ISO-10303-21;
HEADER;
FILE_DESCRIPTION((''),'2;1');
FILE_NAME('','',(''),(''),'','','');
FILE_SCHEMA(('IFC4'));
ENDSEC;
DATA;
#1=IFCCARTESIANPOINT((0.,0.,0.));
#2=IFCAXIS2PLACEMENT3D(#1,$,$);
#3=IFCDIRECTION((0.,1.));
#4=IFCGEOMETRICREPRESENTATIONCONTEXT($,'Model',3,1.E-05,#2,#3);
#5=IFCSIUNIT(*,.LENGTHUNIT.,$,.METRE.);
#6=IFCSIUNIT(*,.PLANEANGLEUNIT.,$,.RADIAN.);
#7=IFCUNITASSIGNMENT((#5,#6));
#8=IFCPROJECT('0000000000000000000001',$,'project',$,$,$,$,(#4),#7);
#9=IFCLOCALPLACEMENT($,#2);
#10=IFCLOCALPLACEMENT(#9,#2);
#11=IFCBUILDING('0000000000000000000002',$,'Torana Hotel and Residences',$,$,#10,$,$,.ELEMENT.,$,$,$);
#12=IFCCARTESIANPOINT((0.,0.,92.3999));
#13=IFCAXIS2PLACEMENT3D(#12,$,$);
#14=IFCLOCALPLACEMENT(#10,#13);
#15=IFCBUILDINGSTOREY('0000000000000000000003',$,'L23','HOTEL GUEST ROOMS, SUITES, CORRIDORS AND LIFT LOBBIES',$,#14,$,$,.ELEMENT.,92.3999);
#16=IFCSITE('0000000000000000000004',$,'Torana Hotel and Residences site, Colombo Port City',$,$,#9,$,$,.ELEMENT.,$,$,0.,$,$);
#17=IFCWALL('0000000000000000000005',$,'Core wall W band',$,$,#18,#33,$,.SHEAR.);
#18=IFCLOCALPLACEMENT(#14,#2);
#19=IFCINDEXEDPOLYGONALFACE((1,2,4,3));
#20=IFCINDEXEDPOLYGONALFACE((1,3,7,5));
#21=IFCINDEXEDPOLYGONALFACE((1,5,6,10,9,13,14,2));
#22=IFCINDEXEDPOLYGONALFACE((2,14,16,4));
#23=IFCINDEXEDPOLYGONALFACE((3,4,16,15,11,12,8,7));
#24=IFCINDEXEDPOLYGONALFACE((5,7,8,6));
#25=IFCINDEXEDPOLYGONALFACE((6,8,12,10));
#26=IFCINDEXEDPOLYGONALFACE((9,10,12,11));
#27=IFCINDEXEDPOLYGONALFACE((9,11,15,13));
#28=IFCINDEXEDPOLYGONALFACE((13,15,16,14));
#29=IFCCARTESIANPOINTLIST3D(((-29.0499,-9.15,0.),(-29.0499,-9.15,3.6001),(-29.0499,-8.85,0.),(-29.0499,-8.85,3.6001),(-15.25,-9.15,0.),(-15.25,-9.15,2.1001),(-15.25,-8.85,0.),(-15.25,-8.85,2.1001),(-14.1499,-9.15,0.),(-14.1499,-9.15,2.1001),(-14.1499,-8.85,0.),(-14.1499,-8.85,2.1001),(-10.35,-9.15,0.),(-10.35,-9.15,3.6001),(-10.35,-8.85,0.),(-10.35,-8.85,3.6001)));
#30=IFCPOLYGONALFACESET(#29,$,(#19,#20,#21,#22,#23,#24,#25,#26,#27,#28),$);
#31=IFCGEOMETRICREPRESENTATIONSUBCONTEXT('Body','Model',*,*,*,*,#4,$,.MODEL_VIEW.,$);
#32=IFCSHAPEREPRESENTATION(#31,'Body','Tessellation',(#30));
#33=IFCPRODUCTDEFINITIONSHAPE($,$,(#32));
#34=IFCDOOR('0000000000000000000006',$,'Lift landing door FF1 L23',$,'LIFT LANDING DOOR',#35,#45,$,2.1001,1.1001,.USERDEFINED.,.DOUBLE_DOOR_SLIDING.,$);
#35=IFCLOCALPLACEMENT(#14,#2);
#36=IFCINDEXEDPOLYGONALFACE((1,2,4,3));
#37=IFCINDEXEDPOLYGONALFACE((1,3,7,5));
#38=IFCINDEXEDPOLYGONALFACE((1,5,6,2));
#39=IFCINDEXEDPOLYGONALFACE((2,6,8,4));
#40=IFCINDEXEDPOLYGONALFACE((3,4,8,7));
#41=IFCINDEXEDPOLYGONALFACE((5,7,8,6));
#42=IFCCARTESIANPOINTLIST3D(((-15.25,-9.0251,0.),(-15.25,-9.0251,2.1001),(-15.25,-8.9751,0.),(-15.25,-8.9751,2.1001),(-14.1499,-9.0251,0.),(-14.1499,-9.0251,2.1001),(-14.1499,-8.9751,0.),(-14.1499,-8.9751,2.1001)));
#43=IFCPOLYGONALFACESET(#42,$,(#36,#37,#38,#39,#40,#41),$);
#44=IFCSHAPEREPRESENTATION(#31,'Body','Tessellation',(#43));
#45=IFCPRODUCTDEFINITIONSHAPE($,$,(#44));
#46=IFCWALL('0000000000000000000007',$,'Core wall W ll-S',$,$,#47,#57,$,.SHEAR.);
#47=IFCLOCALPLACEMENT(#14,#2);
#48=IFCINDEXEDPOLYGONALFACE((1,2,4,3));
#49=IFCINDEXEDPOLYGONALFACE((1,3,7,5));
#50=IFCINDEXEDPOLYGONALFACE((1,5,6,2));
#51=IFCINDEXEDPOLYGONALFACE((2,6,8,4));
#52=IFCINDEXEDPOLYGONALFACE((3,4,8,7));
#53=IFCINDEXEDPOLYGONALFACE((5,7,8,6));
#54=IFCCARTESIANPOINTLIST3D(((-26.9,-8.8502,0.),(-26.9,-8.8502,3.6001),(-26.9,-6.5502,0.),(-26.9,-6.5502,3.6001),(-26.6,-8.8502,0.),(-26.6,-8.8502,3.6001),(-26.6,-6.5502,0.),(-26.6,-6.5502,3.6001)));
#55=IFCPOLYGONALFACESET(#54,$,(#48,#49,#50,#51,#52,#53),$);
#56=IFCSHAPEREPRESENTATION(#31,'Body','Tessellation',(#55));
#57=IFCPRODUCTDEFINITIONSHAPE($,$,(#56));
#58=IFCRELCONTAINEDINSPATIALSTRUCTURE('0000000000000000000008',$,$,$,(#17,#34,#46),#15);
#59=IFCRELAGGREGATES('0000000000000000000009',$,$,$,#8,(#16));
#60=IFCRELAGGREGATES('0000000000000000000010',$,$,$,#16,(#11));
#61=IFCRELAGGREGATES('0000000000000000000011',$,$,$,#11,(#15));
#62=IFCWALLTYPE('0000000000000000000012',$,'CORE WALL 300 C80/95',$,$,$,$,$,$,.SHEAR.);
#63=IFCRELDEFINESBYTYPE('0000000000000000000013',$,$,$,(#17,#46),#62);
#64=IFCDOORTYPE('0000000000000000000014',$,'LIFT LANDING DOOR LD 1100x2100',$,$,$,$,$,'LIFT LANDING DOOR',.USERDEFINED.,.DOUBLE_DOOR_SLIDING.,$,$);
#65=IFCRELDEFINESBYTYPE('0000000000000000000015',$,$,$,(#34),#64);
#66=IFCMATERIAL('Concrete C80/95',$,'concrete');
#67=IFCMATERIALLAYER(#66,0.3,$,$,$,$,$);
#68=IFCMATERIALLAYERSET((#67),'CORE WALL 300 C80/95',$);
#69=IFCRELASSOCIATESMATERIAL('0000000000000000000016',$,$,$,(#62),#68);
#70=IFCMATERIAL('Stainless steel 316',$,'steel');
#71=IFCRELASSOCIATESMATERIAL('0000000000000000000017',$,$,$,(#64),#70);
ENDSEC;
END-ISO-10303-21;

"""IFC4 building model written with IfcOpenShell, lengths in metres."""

from ifc_helpers import new_model, si_unit, direction, frame, frame_2d, origin, place, context, subcontext, project, spatial, rectangle, extrude, material, layer, layer_set, type_object, element, fill, save


model = new_model("IFC4")

# Units and contexts
model_context = context("Model", 3, precision=1e-05, world=origin(), true_north=direction((0.0, 1.0)))
body_context = subcontext(model_context, "Body", "Model", "MODEL_VIEW")
ifc_project = project(units=[si_unit("LENGTHUNIT", "METRE"), si_unit("PLANEANGLEUNIT", "RADIAN")], contexts=[model_context])

# Site, building, storey
site_placement = place(None, origin())
site = spatial("IfcSite", under=ifc_project, at=site_placement, Name="Torana Hotel and Residences site, Colombo Port City", CompositionType="ELEMENT", RefElevation=0.0)
building_placement = place(site_placement, origin())
building = spatial("IfcBuilding", under=site, at=building_placement, Name="Torana Hotel and Residences", CompositionType="ELEMENT")
storey_placement = place(building_placement, frame((0.0, 0.0, 92.3999)))
storey = spatial("IfcBuildingStorey", under=building, at=storey_placement, Name="L23", Description="HOTEL GUEST ROOMS, SUITES, CORRIDORS AND LIFT LOBBIES", CompositionType="ELEMENT", Elevation=92.3999)

# Wall, opening, door
ifc_material_1 = material(Name="Concrete C80/95", Category="concrete")
ifc_layer_1 = layer(ifc_material_1, 0.3)
ifc_layer_set_1 = layer_set([ifc_layer_1], Name="CORE WALL 300 C80/95")
wall_type_1 = type_object("IfcWallType", Name="CORE WALL 300 C80/95", PredefinedType="SHEAR", material=ifc_layer_set_1)
wall_1_placement = place(storey_placement, frame((-29.05, -9.0, 0.0), z_axis=(0.0, 0.0, 1.0), x_axis=(1.0, 0.0, 0.0)))
wall_1 = element("IfcWall", 1, at=wall_1_placement, inside=storey, type_object=wall_type_1, Name="Core wall W band", PredefinedType="SHEAR", context=body_context, shape_type="SweptSolid", body=[
    extrude(rectangle(XDim=18.7, YDim=0.3, at=frame_2d((9.3501, 0.0))), origin(), (0.0, 0.0, 1.0), 3.6001),
])
opening_1_placement = place(wall_1_placement, frame((13.8, 0.0, 0.0)))
opening_1 = element("IfcOpeningElement", 2, at=opening_1_placement, cuts=wall_1, PredefinedType="OPENING", context=body_context, shape_type="SweptSolid", body=[
    extrude(rectangle(XDim=1.1001, YDim=2.1001, at=frame_2d((0.55, 1.05))), frame((0.0, 0.1599, 0.0), z_axis=(0.0, -1.0, 0.0), x_axis=(1.0, 0.0, 0.0)), (0.0, 0.0, 1.0), 0.3201),
])
ifc_material_2 = material(Name="Stainless steel 316", Category="steel")
door_type_1 = type_object("IfcDoorType", Name="LIFT LANDING DOOR LD 1100x2100", ElementType="LIFT LANDING DOOR", OperationType="DOUBLE_DOOR_SLIDING", PredefinedType="USERDEFINED", material=ifc_material_2)
door_1_placement = place(opening_1_placement, origin())
door_1 = element("IfcDoor", 3, at=door_1_placement, inside=storey, type_object=door_type_1, Name="Lift landing door FF1 L23", ObjectType="LIFT LANDING DOOR", OperationType="DOUBLE_DOOR_SLIDING", OverallHeight=2.1001, OverallWidth=1.1001, PredefinedType="USERDEFINED", context=body_context, shape_type="SweptSolid", body=[
    extrude(rectangle(XDim=1.1001, YDim=2.1001, at=frame_2d((0.55, 1.05))), frame((0.0, 0.0249, 0.0), z_axis=(0.0, -1.0, 0.0), x_axis=(1.0, 0.0, 0.0)), (0.0, 0.0, 1.0), 0.05),
])
fill(opening_1, door_1)

# Wall
wall_2_placement = place(storey_placement, frame((-26.75, -8.8501, 0.0), z_axis=(0.0, 0.0, 1.0), x_axis=(0.0, 1.0, 0.0)))
element("IfcWall", 4, at=wall_2_placement, inside=storey, type_object=wall_type_1, Name="Core wall W ll-S", PredefinedType="SHEAR", context=body_context, shape_type="SweptSolid", body=[
    extrude(rectangle(XDim=2.3, YDim=0.3, at=frame_2d((1.1499, 0.0))), origin(), (0.0, 0.0, 1.0), 3.6001),
])

save(model, "model.ifc")
